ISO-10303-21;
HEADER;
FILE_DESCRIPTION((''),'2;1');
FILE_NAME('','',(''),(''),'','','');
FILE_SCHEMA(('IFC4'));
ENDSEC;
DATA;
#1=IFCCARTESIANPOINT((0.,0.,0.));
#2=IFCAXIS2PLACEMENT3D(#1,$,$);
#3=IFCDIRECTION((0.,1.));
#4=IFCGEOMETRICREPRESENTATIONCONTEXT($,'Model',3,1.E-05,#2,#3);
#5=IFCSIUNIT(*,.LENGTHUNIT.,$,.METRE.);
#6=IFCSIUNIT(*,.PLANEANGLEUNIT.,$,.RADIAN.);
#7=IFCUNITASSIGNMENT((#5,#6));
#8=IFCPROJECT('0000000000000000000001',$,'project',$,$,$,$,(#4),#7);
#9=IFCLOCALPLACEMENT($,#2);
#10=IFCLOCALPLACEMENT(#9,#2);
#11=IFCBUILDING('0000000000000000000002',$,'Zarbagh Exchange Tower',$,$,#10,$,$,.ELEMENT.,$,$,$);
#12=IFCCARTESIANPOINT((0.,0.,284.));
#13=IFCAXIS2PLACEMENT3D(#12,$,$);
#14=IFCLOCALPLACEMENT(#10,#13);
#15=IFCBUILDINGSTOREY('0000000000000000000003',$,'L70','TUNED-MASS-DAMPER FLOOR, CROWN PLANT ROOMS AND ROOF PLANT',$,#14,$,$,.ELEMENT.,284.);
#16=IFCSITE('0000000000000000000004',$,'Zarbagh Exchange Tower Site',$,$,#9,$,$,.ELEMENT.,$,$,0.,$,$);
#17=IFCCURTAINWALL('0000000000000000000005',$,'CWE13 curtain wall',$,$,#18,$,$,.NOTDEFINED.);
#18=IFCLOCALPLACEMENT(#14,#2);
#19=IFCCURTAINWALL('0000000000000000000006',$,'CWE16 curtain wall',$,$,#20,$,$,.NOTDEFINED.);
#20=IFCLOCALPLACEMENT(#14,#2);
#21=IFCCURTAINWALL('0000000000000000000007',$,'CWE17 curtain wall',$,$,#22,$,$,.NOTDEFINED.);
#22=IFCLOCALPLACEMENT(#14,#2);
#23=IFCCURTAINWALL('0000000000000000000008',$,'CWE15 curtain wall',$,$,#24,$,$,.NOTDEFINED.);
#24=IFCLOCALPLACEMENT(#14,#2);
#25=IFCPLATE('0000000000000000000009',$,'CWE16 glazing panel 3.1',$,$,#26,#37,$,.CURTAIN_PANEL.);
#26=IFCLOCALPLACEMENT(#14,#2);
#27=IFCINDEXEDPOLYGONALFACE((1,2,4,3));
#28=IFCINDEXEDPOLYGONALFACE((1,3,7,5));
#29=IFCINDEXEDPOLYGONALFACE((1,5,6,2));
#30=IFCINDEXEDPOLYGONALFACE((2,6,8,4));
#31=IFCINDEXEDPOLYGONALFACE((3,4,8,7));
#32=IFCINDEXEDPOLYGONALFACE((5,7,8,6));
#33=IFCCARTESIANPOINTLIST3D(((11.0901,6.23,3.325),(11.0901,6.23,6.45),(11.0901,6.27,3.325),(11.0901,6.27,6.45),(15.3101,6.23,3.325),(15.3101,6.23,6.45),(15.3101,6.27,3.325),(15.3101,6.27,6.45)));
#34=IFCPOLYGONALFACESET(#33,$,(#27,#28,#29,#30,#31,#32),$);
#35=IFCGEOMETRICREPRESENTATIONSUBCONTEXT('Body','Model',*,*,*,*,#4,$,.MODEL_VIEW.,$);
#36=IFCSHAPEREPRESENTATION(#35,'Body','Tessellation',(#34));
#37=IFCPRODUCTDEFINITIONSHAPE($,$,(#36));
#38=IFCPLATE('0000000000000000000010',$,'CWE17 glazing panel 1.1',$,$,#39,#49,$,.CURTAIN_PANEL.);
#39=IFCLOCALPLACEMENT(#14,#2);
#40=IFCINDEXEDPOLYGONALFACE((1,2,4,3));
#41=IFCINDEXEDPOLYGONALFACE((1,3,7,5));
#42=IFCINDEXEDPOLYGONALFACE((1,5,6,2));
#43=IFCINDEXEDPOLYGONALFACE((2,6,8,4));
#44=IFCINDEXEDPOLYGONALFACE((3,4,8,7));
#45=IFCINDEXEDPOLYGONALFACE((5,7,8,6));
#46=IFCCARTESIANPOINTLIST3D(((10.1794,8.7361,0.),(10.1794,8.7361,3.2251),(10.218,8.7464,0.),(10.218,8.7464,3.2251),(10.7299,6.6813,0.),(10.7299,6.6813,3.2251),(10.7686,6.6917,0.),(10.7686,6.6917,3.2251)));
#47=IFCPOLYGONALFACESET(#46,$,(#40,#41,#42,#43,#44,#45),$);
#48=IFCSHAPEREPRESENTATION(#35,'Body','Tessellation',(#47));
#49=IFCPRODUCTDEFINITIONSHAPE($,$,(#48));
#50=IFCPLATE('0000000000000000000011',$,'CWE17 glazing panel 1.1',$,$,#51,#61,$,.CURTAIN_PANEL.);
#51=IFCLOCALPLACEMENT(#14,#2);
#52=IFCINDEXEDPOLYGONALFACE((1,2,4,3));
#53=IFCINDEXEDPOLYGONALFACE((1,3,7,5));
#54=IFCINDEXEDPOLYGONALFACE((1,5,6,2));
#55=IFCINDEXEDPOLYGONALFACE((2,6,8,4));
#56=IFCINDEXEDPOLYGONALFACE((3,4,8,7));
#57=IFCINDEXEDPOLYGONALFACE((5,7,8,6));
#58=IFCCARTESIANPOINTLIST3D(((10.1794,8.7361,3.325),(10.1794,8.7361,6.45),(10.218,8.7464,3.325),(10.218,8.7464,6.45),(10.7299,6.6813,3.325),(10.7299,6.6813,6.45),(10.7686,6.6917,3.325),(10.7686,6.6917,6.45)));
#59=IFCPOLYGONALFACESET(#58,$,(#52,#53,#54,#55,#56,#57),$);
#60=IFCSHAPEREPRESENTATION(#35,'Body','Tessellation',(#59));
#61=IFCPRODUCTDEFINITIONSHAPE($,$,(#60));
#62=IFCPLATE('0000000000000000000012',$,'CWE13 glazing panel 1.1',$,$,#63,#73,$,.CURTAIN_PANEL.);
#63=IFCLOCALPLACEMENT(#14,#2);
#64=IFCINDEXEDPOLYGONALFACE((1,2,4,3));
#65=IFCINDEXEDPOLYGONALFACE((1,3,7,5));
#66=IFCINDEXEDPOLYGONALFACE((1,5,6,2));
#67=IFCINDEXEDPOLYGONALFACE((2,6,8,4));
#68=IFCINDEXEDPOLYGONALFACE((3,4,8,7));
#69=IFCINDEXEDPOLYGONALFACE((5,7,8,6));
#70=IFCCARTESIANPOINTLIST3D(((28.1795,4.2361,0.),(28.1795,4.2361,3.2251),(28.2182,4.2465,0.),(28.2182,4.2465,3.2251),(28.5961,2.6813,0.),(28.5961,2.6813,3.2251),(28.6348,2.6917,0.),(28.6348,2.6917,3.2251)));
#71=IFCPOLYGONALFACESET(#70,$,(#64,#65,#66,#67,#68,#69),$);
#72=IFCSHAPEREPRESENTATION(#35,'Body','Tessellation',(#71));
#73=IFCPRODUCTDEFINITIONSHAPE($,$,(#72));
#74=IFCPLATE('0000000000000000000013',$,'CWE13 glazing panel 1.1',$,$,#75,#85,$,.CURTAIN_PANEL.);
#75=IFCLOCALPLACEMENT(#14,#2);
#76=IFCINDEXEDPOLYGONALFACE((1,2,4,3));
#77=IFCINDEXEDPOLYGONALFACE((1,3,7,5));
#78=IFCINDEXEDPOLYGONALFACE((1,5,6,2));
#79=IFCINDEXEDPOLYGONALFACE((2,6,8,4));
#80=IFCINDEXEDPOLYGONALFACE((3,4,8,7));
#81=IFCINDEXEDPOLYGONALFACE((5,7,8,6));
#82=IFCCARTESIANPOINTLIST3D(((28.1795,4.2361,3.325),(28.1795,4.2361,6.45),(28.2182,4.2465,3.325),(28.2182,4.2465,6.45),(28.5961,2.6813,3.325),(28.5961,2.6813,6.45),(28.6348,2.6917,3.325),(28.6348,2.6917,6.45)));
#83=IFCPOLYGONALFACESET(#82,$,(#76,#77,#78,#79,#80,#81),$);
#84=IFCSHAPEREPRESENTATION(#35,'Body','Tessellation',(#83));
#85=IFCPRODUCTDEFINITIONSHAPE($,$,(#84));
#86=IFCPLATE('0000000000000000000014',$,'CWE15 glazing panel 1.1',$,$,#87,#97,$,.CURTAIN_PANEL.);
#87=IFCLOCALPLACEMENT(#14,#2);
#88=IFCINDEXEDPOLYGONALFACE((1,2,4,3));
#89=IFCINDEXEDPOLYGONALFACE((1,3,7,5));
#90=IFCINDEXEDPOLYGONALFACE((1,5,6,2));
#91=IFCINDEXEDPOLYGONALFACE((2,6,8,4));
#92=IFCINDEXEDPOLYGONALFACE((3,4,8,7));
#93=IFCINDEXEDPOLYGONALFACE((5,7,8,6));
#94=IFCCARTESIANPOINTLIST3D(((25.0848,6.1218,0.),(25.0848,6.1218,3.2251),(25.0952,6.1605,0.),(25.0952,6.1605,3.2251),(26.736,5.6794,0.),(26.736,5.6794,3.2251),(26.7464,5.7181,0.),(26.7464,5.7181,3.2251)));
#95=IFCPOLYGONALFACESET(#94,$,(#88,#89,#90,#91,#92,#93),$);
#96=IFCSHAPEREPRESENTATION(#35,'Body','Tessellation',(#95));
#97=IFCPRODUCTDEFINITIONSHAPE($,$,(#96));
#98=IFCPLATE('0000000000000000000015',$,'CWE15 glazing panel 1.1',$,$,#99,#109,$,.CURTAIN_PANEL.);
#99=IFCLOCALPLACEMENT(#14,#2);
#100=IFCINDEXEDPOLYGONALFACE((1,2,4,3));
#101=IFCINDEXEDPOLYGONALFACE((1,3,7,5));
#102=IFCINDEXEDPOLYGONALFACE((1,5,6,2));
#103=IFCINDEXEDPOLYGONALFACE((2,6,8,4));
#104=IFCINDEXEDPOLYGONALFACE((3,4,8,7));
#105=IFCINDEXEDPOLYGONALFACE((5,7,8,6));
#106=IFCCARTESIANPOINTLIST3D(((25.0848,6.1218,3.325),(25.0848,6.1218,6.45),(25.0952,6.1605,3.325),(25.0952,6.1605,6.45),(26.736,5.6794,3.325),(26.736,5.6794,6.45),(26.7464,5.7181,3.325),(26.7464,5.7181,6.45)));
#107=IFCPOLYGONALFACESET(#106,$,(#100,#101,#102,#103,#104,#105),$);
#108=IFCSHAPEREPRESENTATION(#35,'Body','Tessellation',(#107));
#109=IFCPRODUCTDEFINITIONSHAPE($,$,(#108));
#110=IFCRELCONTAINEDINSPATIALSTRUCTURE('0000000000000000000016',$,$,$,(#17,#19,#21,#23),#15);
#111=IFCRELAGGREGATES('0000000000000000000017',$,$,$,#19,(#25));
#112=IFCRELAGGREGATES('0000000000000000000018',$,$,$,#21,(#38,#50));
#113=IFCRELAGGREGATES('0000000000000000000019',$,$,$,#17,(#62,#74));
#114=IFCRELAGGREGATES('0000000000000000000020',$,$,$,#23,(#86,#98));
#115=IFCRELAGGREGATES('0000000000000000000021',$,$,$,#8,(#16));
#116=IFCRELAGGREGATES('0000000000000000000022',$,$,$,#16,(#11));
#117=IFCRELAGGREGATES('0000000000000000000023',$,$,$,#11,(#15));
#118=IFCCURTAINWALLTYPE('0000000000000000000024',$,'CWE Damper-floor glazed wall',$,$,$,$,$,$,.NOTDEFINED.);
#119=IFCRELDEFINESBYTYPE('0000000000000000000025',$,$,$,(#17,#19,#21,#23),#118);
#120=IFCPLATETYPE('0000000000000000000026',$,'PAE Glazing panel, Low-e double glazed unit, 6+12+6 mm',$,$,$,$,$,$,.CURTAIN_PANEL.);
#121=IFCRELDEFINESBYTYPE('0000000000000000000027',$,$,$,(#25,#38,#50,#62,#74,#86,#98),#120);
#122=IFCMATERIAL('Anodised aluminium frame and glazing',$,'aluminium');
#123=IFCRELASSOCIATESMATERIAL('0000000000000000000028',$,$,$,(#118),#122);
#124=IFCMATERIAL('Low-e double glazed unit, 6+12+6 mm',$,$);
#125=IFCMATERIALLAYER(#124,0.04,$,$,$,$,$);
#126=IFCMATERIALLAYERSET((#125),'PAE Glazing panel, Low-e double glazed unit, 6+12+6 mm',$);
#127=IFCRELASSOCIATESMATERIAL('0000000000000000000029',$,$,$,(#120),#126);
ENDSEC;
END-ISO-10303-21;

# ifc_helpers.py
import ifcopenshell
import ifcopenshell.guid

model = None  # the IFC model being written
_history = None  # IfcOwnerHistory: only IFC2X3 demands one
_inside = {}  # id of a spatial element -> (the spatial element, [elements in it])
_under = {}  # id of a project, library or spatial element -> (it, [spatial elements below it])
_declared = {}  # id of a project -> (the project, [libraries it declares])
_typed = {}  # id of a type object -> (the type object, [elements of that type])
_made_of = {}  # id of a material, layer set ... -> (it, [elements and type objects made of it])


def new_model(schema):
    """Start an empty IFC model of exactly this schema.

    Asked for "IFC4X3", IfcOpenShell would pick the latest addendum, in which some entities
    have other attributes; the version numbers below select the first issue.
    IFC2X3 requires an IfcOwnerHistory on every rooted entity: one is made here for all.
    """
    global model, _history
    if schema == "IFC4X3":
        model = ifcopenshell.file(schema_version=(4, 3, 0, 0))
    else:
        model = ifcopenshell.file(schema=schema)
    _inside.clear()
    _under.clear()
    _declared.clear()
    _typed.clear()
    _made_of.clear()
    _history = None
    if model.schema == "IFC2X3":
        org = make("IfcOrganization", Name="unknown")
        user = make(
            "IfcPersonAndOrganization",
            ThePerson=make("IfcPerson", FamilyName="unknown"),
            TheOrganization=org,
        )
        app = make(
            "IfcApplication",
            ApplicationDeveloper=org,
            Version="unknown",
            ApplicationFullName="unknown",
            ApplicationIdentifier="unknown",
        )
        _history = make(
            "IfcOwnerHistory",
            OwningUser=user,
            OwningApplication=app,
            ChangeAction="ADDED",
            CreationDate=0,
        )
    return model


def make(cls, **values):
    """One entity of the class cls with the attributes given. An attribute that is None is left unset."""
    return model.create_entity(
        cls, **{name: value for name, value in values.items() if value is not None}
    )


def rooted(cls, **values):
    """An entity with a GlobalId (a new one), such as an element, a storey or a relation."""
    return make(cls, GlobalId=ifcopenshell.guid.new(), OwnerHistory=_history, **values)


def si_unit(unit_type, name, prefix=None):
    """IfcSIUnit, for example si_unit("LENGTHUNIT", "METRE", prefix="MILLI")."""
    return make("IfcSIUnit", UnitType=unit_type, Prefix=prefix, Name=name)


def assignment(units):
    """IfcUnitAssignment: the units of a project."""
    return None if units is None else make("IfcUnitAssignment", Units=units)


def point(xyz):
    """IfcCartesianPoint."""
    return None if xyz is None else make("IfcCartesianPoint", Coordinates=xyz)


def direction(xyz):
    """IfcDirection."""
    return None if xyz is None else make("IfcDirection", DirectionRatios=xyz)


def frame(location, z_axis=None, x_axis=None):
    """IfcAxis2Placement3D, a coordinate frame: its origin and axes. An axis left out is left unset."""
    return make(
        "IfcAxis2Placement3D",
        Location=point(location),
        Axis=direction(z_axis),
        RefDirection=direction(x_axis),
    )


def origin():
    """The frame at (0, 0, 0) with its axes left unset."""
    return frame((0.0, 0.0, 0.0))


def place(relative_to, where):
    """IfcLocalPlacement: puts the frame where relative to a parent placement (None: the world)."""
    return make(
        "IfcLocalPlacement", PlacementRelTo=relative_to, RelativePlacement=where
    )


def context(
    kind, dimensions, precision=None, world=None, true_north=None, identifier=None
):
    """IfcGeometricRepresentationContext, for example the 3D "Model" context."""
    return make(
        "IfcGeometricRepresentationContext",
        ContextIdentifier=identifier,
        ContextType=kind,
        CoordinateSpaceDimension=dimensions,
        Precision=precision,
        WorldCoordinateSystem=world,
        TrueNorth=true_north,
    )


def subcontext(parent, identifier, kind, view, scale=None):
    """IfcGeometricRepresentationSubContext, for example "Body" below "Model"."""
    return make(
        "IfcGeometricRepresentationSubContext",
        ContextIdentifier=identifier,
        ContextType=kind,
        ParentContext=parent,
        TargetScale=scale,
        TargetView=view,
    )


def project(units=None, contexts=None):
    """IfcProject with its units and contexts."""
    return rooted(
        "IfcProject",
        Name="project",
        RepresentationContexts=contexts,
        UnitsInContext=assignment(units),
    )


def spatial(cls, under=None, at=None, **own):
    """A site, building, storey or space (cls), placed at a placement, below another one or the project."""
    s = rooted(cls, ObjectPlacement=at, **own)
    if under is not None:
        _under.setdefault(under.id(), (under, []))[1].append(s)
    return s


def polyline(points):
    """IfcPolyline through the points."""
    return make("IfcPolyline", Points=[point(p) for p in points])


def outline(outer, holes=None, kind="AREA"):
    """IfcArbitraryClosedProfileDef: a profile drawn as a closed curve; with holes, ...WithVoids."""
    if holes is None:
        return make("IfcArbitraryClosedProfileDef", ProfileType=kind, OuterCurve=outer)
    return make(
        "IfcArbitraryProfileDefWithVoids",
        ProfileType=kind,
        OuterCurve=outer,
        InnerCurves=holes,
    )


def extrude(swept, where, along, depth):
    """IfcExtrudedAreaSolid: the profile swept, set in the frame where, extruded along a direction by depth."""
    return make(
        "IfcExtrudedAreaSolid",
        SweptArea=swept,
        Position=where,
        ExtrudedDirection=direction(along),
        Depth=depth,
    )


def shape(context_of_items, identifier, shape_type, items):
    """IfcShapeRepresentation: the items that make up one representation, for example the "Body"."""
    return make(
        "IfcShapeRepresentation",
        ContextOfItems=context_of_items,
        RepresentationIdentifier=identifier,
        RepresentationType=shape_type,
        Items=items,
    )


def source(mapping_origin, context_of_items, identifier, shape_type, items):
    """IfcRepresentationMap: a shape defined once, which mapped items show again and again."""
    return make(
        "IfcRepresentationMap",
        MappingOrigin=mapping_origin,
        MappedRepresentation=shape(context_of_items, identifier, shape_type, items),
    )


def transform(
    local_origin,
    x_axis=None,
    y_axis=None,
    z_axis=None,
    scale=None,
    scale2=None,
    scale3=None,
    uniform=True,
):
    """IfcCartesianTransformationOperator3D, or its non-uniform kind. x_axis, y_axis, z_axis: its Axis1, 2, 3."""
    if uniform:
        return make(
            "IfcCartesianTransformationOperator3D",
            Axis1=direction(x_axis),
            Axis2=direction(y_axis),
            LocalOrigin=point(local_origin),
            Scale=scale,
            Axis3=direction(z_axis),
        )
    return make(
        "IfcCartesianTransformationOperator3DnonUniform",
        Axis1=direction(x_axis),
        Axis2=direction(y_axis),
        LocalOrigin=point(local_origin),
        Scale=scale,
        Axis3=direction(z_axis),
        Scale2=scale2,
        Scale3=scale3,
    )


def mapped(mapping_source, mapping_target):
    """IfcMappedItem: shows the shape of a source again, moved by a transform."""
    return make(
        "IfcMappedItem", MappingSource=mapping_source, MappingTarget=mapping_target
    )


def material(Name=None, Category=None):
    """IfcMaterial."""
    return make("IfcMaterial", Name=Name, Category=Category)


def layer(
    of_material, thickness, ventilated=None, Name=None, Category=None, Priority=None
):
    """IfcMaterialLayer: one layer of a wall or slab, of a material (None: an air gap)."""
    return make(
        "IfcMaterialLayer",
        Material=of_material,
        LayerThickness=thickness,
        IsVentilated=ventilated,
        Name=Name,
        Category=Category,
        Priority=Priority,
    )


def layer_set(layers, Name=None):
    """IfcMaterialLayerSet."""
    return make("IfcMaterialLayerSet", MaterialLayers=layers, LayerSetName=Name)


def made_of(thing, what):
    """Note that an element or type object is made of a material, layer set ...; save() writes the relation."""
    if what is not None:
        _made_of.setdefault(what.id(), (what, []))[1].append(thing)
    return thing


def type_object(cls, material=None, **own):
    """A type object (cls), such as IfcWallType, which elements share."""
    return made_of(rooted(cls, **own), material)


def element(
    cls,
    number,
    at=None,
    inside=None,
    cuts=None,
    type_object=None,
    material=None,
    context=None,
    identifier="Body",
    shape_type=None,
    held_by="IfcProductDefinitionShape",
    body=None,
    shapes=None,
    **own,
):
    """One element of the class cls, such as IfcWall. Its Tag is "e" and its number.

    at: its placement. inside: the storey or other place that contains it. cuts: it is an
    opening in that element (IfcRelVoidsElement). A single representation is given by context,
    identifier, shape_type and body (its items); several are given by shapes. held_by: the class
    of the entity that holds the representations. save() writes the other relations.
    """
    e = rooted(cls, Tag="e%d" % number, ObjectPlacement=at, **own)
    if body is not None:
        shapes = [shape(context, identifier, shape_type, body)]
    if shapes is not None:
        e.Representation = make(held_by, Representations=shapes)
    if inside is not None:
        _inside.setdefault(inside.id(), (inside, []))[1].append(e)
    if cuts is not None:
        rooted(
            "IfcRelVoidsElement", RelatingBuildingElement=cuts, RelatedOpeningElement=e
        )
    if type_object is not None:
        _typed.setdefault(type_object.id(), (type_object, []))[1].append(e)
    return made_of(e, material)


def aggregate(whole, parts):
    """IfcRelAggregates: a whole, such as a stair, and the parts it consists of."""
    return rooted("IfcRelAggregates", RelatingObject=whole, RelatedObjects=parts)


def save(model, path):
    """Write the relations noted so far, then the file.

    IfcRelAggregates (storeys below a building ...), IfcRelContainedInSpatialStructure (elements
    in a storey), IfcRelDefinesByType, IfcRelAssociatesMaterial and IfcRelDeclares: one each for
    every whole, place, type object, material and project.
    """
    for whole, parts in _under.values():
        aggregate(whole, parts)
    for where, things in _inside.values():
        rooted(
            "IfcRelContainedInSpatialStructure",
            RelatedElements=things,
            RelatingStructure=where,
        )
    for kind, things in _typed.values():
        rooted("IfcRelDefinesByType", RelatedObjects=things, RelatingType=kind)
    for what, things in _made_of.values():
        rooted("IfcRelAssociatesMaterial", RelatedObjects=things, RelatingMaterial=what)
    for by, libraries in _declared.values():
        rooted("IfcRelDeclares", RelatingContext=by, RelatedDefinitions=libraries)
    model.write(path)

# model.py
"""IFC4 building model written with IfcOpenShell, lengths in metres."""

from ifc_helpers import new_model, si_unit, direction, frame, origin, place, context, subcontext, project, spatial, polyline, outline, extrude, source, transform, mapped, material, layer, layer_set, type_object, element, aggregate, save


model = new_model("IFC4")

# Units and contexts
model_context = context("Model", 3, precision=1e-05, world=origin(), true_north=direction((0.0, 1.0)))
body_context = subcontext(model_context, "Body", "Model", "MODEL_VIEW")
ifc_project = project(units=[si_unit("LENGTHUNIT", "METRE"), si_unit("PLANEANGLEUNIT", "RADIAN")], contexts=[model_context])

# Site, building, storey
site_placement = place(None, origin())
site = spatial("IfcSite", under=ifc_project, at=site_placement, Name="Zarbagh Exchange Tower Site", CompositionType="ELEMENT", RefElevation=0.0)
building_placement = place(site_placement, origin())
building = spatial("IfcBuilding", under=site, at=building_placement, Name="Zarbagh Exchange Tower", CompositionType="ELEMENT")
storey_placement = place(building_placement, frame((0.0, 0.0, 284.0)))
storey = spatial("IfcBuildingStorey", under=building, at=storey_placement, Name="L70", Description="TUNED-MASS-DAMPER FLOOR, CROWN PLANT ROOMS AND ROOF PLANT", CompositionType="ELEMENT", Elevation=284.0)

# Curtain wall
ifc_material_1 = material(Name="Anodised aluminium frame and glazing", Category="aluminium")
curtain_wall_type = type_object("IfcCurtainWallType", Name="CWE Damper-floor glazed wall", PredefinedType="NOTDEFINED", material=ifc_material_1)
curtain_wall_1_placement = place(storey_placement, origin())
curtain_wall_1 = element("IfcCurtainWall", 1, at=curtain_wall_1_placement, inside=storey, type_object=curtain_wall_type, Name="CWE13 curtain wall", PredefinedType="NOTDEFINED")
placement = place(storey_placement, origin())

# Curtain wall
curtain_wall_2_placement = place(storey_placement, origin())
curtain_wall_2 = element("IfcCurtainWall", 2, at=curtain_wall_2_placement, inside=storey, type_object=curtain_wall_type, Name="CWE16 curtain wall", PredefinedType="NOTDEFINED")

# Curtain wall
curtain_wall_3_placement = place(storey_placement, origin())
curtain_wall_3 = element("IfcCurtainWall", 3, at=curtain_wall_3_placement, inside=storey, type_object=curtain_wall_type, Name="CWE17 curtain wall", PredefinedType="NOTDEFINED")

# Curtain wall
curtain_wall_4_placement = place(storey_placement, origin())
curtain_wall_4 = element("IfcCurtainWall", 4, at=curtain_wall_4_placement, inside=storey, type_object=curtain_wall_type, Name="CWE15 curtain wall", PredefinedType="NOTDEFINED")

# Plates
ifc_material_2 = material(Name="Low-e double glazed unit, 6+12+6 mm")
ifc_layer = layer(ifc_material_2, 0.04)
ifc_layer_set = layer_set([ifc_layer], Name="PAE Glazing panel, Low-e double glazed unit, 6+12+6 mm")
plate_type = type_object("IfcPlateType", Name="PAE Glazing panel, Low-e double glazed unit, 6+12+6 mm", PredefinedType="CURTAIN_PANEL", material=ifc_layer_set)
shared_shape_1 = source(origin(), body_context, "Body", "SweptSolid", [
    extrude(outline(polyline([(0.0, -0.02), (4.22, -0.02), (4.22, 0.02), (0.0, 0.02), (0.0, -0.02)])), origin(), (0.0, 0.0, 1.0), 3.125),
])
plate_1 = element("IfcPlate", 5, at=placement, type_object=plate_type, Name="CWE16 glazing panel 3.1", PredefinedType="CURTAIN_PANEL", context=body_context, shape_type="MappedRepresentation", body=[
    mapped(shared_shape_1, transform((15.3101, 6.25, 3.325), x_axis=(-1.0, 0.0, 0.0), y_axis=(0.0, -1.0, 0.0), z_axis=(0.0, 0.0, 1.0))),
])
aggregate(curtain_wall_2, [plate_1])
shared_shape_2 = source(origin(), body_context, "Body", "SweptSolid", [
    extrude(outline(polyline([(0.0, -0.02), (2.1272, -0.02), (2.1272, 0.02), (0.0, 0.02), (0.0, -0.02)])), origin(), (0.0, 0.0, 1.0), 3.2251),
])
plate_2 = element("IfcPlate", 6, at=placement, type_object=plate_type, Name="CWE17 glazing panel 1.1", PredefinedType="CURTAIN_PANEL", context=body_context, shape_type="MappedRepresentation", body=[
    mapped(shared_shape_2, transform((10.7493, 6.6865, 0.0), x_axis=(-0.258825, 0.965924, 0.0), y_axis=(-0.965924, -0.258825, 0.0), z_axis=(0.0, 0.0, 1.0))),
])
shared_shape_3 = source(origin(), body_context, "Body", "SweptSolid", [
    extrude(outline(polyline([(0.0, -0.02), (2.1272, -0.02), (2.1272, 0.02), (0.0, 0.02), (0.0, -0.02)])), origin(), (0.0, 0.0, 1.0), 3.125),
])
plate_3 = element("IfcPlate", 7, at=placement, type_object=plate_type, Name="CWE17 glazing panel 1.1", PredefinedType="CURTAIN_PANEL", context=body_context, shape_type="MappedRepresentation", body=[
    mapped(shared_shape_3, transform((10.7493, 6.6865, 3.325), x_axis=(-0.258825, 0.965924, 0.0), y_axis=(-0.965924, -0.258825, 0.0), z_axis=(0.0, 0.0, 1.0))),
])
aggregate(curtain_wall_3, [plate_2, plate_3])
shared_shape_4 = source(origin(), body_context, "Body", "SweptSolid", [
    extrude(outline(polyline([(0.0, -0.02), (1.6096, -0.02), (1.6096, 0.02), (0.0, 0.02), (0.0, -0.02)])), origin(), (0.0, 0.0, 1.0), 3.2251),
])
plate_4 = element("IfcPlate", 8, at=placement, type_object=plate_type, Name="CWE13 glazing panel 1.1", PredefinedType="CURTAIN_PANEL", context=body_context, shape_type="MappedRepresentation", body=[
    mapped(shared_shape_4, transform((28.6155, 2.6865, 0.0), x_axis=(-0.258825, 0.965924, 0.0), y_axis=(-0.965924, -0.258825, 0.0), z_axis=(0.0, 0.0, 1.0))),
])
shared_shape_5 = source(origin(), body_context, "Body", "SweptSolid", [
    extrude(outline(polyline([(0.0, -0.02), (1.6096, -0.02), (1.6096, 0.02), (0.0, 0.02), (0.0, -0.02)])), origin(), (0.0, 0.0, 1.0), 3.125),
])
plate_5 = element("IfcPlate", 9, at=placement, type_object=plate_type, Name="CWE13 glazing panel 1.1", PredefinedType="CURTAIN_PANEL", context=body_context, shape_type="MappedRepresentation", body=[
    mapped(shared_shape_5, transform((28.6155, 2.6865, 3.325), x_axis=(-0.258825, 0.965924, 0.0), y_axis=(-0.965924, -0.258825, 0.0), z_axis=(0.0, 0.0, 1.0))),
])
aggregate(curtain_wall_1, [plate_4, plate_5])
shared_shape_6 = source(origin(), body_context, "Body", "SweptSolid", [
    extrude(outline(polyline([(0.0, -0.02), (1.7095, -0.02), (1.7095, 0.02), (0.0, 0.02), (0.0, -0.02)])), origin(), (0.0, 0.0, 1.0), 3.2251),
])
plate_6 = element("IfcPlate", 10, at=placement, type_object=plate_type, Name="CWE15 glazing panel 1.1", PredefinedType="CURTAIN_PANEL", context=body_context, shape_type="MappedRepresentation", body=[
    mapped(shared_shape_6, transform((26.7412, 5.6987, 0.0), x_axis=(-0.965924, 0.258825, 0.0), y_axis=(-0.258825, -0.965924, 0.0), z_axis=(0.0, 0.0, 1.0))),
])
shared_shape_7 = source(origin(), body_context, "Body", "SweptSolid", [
    extrude(outline(polyline([(0.0, -0.02), (1.7095, -0.02), (1.7095, 0.02), (0.0, 0.02), (0.0, -0.02)])), origin(), (0.0, 0.0, 1.0), 3.125),
])
plate_7 = element("IfcPlate", 11, at=placement, type_object=plate_type, Name="CWE15 glazing panel 1.1", PredefinedType="CURTAIN_PANEL", context=body_context, shape_type="MappedRepresentation", body=[
    mapped(shared_shape_7, transform((26.7412, 5.6987, 3.325), x_axis=(-0.965924, 0.258825, 0.0), y_axis=(-0.258825, -0.965924, 0.0), z_axis=(0.0, 0.0, 1.0))),
])
aggregate(curtain_wall_4, [plate_6, plate_7])

save(model, "model.ifc")
